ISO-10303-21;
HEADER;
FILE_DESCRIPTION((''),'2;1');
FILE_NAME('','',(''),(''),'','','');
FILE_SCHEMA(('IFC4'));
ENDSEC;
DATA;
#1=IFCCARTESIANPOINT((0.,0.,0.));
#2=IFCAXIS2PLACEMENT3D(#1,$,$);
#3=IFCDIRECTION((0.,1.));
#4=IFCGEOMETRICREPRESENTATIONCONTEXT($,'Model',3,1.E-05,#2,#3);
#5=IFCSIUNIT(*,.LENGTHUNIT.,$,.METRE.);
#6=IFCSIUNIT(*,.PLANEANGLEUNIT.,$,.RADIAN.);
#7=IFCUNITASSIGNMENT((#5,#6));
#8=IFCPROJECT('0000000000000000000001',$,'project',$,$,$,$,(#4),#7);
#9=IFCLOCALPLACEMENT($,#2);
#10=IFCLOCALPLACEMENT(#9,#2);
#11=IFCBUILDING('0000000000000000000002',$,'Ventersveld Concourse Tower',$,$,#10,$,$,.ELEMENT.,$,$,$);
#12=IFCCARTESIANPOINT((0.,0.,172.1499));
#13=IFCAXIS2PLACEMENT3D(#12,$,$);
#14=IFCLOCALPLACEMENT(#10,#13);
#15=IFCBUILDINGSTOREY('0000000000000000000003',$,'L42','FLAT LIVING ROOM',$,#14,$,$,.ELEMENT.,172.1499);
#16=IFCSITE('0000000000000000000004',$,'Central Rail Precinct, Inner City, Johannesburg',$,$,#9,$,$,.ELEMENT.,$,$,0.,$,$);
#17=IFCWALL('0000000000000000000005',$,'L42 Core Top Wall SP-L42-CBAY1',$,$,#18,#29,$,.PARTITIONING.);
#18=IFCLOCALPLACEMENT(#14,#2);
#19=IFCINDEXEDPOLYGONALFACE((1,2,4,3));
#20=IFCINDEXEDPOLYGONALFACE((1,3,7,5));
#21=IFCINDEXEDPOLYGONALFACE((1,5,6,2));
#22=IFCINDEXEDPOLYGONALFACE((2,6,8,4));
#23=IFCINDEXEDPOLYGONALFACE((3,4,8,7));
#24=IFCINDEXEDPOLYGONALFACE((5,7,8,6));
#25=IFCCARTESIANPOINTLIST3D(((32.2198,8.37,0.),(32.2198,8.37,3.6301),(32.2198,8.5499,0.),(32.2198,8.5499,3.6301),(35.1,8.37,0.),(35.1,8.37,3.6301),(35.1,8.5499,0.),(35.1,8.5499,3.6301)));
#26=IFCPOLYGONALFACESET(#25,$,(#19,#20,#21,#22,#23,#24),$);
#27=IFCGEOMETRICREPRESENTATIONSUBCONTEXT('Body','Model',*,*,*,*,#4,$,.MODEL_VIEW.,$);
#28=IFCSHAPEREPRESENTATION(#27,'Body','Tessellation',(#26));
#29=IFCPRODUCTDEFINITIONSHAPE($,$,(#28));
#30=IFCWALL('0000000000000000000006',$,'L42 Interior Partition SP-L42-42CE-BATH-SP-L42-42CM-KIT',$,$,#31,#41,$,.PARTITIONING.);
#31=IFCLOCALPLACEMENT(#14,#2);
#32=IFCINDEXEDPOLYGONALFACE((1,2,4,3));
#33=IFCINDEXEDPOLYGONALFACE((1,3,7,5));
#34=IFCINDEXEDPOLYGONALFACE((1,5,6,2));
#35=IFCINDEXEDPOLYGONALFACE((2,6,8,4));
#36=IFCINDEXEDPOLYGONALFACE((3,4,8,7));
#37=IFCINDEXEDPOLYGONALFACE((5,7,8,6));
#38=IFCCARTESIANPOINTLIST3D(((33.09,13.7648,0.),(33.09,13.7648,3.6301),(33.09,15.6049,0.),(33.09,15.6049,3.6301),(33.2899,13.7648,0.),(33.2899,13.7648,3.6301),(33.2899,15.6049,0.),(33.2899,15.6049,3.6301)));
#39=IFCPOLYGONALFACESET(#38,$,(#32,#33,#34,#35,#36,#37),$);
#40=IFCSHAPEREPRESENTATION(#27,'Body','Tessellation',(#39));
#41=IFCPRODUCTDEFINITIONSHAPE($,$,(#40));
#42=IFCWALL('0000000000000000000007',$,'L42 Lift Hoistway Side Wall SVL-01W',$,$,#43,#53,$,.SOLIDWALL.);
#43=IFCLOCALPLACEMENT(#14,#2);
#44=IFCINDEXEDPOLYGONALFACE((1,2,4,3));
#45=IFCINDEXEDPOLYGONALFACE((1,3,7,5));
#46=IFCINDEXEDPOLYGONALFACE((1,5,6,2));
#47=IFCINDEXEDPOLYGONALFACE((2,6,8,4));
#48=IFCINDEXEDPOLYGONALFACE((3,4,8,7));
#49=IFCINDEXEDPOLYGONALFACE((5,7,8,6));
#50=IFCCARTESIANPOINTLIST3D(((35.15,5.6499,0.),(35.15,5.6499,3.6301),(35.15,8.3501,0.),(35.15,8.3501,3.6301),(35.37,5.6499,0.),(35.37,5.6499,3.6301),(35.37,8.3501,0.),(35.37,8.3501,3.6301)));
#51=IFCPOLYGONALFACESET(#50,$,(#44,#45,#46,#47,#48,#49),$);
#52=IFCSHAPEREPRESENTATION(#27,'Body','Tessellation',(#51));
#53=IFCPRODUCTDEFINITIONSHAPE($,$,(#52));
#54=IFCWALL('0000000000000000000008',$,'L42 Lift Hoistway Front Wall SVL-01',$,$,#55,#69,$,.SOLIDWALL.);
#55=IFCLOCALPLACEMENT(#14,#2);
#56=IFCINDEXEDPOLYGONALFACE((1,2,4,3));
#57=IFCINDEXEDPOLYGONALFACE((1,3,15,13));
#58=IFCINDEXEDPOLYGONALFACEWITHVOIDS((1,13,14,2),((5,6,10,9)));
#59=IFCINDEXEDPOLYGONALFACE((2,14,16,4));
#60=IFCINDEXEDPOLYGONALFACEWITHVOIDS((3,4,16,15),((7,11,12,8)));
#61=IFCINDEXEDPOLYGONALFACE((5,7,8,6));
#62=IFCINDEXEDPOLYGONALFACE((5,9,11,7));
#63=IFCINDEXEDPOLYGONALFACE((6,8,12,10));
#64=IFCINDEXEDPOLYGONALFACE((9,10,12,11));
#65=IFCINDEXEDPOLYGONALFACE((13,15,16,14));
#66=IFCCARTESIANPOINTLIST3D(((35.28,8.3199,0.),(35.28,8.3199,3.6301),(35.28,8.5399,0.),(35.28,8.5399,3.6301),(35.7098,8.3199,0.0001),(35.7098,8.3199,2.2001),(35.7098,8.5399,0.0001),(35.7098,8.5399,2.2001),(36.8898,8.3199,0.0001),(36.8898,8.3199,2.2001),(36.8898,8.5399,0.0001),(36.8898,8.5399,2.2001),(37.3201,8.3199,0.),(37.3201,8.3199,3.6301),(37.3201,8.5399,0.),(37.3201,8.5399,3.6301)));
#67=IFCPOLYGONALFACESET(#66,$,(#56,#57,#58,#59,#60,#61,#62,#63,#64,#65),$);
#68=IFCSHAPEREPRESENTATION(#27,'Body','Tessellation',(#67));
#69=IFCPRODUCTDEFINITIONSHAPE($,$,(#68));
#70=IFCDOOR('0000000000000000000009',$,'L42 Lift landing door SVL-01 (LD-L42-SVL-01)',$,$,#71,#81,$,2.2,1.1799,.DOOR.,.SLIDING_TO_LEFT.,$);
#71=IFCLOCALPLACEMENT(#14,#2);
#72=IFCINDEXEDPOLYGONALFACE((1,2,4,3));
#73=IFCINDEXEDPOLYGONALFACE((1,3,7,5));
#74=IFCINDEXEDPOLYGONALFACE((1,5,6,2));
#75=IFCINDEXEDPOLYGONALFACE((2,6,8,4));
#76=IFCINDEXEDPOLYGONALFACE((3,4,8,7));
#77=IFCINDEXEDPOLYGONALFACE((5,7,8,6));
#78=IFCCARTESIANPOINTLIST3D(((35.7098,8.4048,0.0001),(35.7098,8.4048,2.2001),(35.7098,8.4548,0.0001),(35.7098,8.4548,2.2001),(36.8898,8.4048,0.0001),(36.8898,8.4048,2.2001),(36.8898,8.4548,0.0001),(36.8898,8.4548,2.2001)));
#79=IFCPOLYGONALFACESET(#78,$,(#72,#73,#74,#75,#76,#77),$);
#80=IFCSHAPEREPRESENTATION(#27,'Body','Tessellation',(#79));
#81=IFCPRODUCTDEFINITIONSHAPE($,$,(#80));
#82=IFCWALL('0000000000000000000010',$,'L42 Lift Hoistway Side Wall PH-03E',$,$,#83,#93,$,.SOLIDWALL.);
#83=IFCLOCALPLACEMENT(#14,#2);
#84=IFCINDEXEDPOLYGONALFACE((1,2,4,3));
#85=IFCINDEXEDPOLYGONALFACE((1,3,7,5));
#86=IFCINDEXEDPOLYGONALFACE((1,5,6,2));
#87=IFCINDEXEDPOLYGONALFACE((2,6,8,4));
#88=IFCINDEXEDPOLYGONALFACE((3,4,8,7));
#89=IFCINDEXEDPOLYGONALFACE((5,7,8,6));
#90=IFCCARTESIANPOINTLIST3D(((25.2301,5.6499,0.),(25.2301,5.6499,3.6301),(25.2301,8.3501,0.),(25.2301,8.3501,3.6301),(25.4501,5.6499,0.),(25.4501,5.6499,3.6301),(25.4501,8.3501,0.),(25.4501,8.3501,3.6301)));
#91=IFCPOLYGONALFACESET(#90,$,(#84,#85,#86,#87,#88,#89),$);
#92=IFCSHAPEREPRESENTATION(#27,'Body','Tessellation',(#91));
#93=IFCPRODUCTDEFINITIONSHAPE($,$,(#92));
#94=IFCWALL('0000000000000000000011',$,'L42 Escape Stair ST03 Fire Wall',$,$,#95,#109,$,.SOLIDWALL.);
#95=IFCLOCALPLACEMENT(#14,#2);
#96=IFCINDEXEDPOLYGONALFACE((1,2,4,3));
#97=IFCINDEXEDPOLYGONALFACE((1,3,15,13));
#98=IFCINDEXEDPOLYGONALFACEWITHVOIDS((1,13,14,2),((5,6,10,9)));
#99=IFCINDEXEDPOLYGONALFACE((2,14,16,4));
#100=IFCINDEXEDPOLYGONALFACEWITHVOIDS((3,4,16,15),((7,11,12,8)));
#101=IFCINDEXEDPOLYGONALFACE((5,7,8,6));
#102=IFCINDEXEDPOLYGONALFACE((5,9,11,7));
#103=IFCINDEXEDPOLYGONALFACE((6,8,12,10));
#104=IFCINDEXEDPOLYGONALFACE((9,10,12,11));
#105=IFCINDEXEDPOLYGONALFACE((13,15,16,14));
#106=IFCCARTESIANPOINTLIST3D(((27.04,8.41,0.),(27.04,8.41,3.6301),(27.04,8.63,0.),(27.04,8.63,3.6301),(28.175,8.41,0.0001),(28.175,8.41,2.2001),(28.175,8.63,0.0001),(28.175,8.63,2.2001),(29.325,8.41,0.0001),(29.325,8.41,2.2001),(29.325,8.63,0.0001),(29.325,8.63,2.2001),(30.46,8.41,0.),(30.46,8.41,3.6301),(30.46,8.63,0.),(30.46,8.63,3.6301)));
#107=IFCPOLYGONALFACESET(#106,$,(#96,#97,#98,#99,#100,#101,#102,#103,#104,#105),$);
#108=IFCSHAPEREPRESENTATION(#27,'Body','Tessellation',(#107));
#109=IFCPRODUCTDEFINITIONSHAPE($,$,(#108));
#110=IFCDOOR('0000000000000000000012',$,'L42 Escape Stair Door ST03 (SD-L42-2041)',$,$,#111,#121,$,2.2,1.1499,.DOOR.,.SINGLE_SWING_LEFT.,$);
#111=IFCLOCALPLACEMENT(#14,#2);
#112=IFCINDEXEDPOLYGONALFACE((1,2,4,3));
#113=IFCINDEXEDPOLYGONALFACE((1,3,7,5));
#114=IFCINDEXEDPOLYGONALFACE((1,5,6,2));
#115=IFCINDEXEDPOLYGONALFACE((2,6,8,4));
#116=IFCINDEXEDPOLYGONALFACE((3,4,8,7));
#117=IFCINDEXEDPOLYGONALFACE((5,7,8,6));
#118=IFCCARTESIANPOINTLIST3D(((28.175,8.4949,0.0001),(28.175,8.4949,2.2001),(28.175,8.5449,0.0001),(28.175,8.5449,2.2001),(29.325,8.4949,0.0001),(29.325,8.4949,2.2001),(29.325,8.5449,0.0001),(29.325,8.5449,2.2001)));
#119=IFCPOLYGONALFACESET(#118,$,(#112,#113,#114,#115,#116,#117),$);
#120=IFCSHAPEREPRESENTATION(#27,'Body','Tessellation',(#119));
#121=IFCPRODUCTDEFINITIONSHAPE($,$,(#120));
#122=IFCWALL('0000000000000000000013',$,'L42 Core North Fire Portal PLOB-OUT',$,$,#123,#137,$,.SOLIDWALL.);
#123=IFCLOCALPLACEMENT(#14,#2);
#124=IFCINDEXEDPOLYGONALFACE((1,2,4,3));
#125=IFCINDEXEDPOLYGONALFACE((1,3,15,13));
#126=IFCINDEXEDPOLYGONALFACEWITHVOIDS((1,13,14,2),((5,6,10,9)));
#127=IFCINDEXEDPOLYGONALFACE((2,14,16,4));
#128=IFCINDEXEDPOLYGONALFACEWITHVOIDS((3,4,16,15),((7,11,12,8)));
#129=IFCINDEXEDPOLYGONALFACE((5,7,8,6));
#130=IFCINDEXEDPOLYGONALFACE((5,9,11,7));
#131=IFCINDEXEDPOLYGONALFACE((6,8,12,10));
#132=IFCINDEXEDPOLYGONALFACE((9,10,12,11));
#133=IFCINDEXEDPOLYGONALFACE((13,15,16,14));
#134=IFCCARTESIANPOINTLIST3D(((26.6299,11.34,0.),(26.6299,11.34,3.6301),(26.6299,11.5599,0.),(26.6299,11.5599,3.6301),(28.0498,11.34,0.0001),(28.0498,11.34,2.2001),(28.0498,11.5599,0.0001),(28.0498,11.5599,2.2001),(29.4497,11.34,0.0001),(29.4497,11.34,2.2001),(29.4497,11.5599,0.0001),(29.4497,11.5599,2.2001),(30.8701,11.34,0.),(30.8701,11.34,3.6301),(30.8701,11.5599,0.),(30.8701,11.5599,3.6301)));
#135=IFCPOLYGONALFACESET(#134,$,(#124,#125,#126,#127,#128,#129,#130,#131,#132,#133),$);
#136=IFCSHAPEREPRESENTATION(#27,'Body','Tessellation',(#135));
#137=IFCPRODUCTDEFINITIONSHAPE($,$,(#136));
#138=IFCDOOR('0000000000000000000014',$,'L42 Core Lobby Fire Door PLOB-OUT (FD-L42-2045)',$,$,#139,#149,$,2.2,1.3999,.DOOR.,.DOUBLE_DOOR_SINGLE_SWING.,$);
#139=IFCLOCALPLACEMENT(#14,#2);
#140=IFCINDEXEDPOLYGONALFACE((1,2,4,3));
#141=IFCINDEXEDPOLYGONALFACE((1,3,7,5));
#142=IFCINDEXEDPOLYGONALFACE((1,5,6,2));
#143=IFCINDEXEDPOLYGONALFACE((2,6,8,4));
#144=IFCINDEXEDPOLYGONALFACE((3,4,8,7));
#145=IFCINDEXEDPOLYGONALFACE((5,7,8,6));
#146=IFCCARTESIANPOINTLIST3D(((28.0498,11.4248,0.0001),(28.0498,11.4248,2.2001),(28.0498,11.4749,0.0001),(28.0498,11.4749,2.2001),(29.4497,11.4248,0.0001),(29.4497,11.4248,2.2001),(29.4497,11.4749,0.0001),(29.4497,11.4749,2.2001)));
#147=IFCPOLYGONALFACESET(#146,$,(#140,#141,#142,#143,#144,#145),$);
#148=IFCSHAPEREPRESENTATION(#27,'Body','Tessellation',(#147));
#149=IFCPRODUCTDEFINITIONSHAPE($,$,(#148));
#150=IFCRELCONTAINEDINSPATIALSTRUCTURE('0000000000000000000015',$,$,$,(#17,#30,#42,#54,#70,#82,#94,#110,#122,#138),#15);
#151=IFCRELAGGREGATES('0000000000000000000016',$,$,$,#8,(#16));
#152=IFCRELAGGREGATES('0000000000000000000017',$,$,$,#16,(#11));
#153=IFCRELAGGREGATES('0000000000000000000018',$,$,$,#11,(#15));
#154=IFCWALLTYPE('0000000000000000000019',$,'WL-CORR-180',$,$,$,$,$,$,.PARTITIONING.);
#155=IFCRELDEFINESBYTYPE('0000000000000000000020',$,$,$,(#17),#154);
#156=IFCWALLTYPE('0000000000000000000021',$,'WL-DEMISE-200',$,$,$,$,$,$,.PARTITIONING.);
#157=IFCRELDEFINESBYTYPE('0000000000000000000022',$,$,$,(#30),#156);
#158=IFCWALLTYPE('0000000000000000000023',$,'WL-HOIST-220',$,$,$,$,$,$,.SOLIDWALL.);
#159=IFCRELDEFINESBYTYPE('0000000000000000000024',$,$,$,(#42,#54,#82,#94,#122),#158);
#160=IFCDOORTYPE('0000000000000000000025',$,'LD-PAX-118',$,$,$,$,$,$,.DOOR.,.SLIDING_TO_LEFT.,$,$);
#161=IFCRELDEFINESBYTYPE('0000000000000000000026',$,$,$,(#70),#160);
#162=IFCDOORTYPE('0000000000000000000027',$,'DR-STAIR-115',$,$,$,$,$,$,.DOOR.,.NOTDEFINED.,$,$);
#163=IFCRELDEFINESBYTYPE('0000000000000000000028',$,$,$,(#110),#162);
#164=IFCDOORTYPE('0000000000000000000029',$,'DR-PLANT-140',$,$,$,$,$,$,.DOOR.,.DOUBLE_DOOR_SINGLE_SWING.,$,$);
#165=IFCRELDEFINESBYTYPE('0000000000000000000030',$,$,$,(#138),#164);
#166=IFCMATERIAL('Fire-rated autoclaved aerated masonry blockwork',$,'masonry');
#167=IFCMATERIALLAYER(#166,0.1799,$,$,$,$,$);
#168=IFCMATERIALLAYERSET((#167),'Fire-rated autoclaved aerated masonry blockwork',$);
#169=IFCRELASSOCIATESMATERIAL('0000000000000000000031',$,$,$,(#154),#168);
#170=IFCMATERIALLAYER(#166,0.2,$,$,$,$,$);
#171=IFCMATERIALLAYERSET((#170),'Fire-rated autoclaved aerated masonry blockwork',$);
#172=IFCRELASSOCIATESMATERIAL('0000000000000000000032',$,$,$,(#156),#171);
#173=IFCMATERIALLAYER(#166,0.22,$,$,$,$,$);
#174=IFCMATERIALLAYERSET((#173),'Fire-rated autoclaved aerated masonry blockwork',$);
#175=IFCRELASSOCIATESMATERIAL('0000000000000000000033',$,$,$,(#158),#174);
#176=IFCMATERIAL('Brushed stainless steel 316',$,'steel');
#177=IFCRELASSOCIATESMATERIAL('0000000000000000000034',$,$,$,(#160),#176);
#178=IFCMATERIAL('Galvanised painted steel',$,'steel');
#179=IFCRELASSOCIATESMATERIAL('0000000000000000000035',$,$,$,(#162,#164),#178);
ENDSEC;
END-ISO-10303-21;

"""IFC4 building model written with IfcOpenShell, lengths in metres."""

from ifc_helpers import new_model, si_unit, direction, frame, frame_2d, origin, place, context, subcontext, project, spatial, rectangle, extrude, material, layer, layer_set, type_object, element, fill, save


model = new_model("IFC4")

# Units and contexts
model_context = context("Model", 3, precision=1e-05, world=origin(), true_north=direction((0.0, 1.0)))
body_context = subcontext(model_context, "Body", "Model", "MODEL_VIEW")
ifc_project = project(units=[si_unit("LENGTHUNIT", "METRE"), si_unit("PLANEANGLEUNIT", "RADIAN")], contexts=[model_context])

# Site, building, storey
site_placement = place(None, origin())
site = spatial("IfcSite", under=ifc_project, at=site_placement, Name="Central Rail Precinct, Inner City, Johannesburg", CompositionType="ELEMENT", RefElevation=0.0)
building_placement = place(site_placement, origin())
building = spatial("IfcBuilding", under=site, at=building_placement, Name="Ventersveld Concourse Tower", CompositionType="ELEMENT")
storey_placement = place(building_placement, frame((0.0, 0.0, 172.1499)))
storey = spatial("IfcBuildingStorey", under=building, at=storey_placement, Name="L42", Description="FLAT LIVING ROOM", CompositionType="ELEMENT", Elevation=172.1499)

# Shared definitions
ifc_material_1 = material(Name="Fire-rated autoclaved aerated masonry blockwork", Category="masonry")
ifc_layer_1 = layer(ifc_material_1, 0.1799)
ifc_layer_set_1 = layer_set([ifc_layer_1], Name="Fire-rated autoclaved aerated masonry blockwork")
wall_type_1 = type_object("IfcWallType", Name="WL-CORR-180", PredefinedType="PARTITIONING", material=ifc_layer_set_1)
ifc_material_2 = material(Name="Galvanised painted steel", Category="steel")

# Walls
wall_1_placement = place(storey_placement, frame((32.22, 8.46, 0.0), z_axis=(0.0, 0.0, 1.0), x_axis=(1.0, 0.0, 0.0)))
element("IfcWall", 1, at=wall_1_placement, inside=storey, type_object=wall_type_1, Name="L42 Core Top Wall SP-L42-CBAY1", PredefinedType="PARTITIONING", context=body_context, shape_type="SweptSolid", body=[
    extrude(rectangle(XDim=2.8801, YDim=0.1799, at=frame_2d((1.4399, 0.0))), origin(), (0.0, 0.0, 1.0), 3.6301),
])
ifc_layer_2 = layer(ifc_material_1, 0.2)
ifc_layer_set_2 = layer_set([ifc_layer_2], Name="Fire-rated autoclaved aerated masonry blockwork")
wall_type_2 = type_object("IfcWallType", Name="WL-DEMISE-200", PredefinedType="PARTITIONING", material=ifc_layer_set_2)
wall_2_placement = place(storey_placement, frame((33.1899, 13.7649, 0.0), z_axis=(0.0, 0.0, 1.0), x_axis=(0.0, 1.0, 0.0)))
element("IfcWall", 2, at=wall_2_placement, inside=storey, type_object=wall_type_2, Name="L42 Interior Partition SP-L42-42CE-BATH-SP-L42-42CM-KIT", PredefinedType="PARTITIONING", context=body_context, shape_type="SweptSolid", body=[
    extrude(rectangle(XDim=1.8401, YDim=0.2, at=frame_2d((0.9199, 0.0))), origin(), (0.0, 0.0, 1.0), 3.6301),
])
ifc_layer_3 = layer(ifc_material_1, 0.22)
ifc_layer_set_3 = layer_set([ifc_layer_3], Name="Fire-rated autoclaved aerated masonry blockwork")
wall_type_3 = type_object("IfcWallType", Name="WL-HOIST-220", PredefinedType="SOLIDWALL", material=ifc_layer_set_3)
wall_3_placement = place(storey_placement, frame((35.26, 5.6499, 0.0), z_axis=(0.0, 0.0, 1.0), x_axis=(0.0, 1.0, 0.0)))
element("IfcWall", 3, at=wall_3_placement, inside=storey, type_object=wall_type_3, Name="L42 Lift Hoistway Side Wall SVL-01W", PredefinedType="SOLIDWALL", context=body_context, shape_type="SweptSolid", body=[
    extrude(rectangle(XDim=2.7002, YDim=0.22, at=frame_2d((1.3501, 0.0))), origin(), (0.0, 0.0, 1.0), 3.6301),
])

# Wall, opening, door
wall_4_placement = place(storey_placement, frame((35.28, 8.4299, 0.0), z_axis=(0.0, 0.0, 1.0), x_axis=(1.0, 0.0, 0.0)))
wall_4 = element("IfcWall", 4, at=wall_4_placement, inside=storey, type_object=wall_type_3, Name="L42 Lift Hoistway Front Wall SVL-01", PredefinedType="SOLIDWALL", context=body_context, shape_type="SweptSolid", body=[
    extrude(rectangle(XDim=2.04, YDim=0.22, at=frame_2d((1.02, 0.0))), origin(), (0.0, 0.0, 1.0), 3.6301),
])
opening_1_placement = place(wall_4_placement, frame((0.4299, 0.0, 0.0)))
opening_1 = element("IfcOpeningElement", 5, at=opening_1_placement, cuts=wall_4, PredefinedType="OPENING", context=body_context, shape_type="SweptSolid", body=[
    extrude(rectangle(XDim=1.1799, YDim=2.2, at=frame_2d((0.5898, 1.1001))), frame((0.0, 0.1201, 0.0), z_axis=(0.0, -1.0, 0.0), x_axis=(1.0, 0.0, 0.0)), (0.0, 0.0, 1.0), 0.24),
])
ifc_material_3 = material(Name="Brushed stainless steel 316", Category="steel")
door_type_1 = type_object("IfcDoorType", Name="LD-PAX-118", OperationType="SLIDING_TO_LEFT", PredefinedType="DOOR", material=ifc_material_3)
door_1_placement = place(opening_1_placement, origin())
door_1 = element("IfcDoor", 6, at=door_1_placement, inside=storey, type_object=door_type_1, Name="L42 Lift landing door SVL-01 (LD-L42-SVL-01)", OperationType="SLIDING_TO_LEFT", OverallHeight=2.2, OverallWidth=1.1799, PredefinedType="DOOR", context=body_context, shape_type="SweptSolid", body=[
    extrude(rectangle(XDim=1.1799, YDim=2.2, at=frame_2d((0.5898, 1.1001))), frame((0.0, 0.0249, 0.0), z_axis=(0.0, -1.0, 0.0), x_axis=(1.0, 0.0, 0.0)), (0.0, 0.0, 1.0), 0.05),
])
fill(opening_1, door_1)

# Wall
wall_5_placement = place(storey_placement, frame((25.3401, 5.6499, 0.0), z_axis=(0.0, 0.0, 1.0), x_axis=(0.0, 1.0, 0.0)))
element("IfcWall", 7, at=wall_5_placement, inside=storey, type_object=wall_type_3, Name="L42 Lift Hoistway Side Wall PH-03E", PredefinedType="SOLIDWALL", context=body_context, shape_type="SweptSolid", body=[
    extrude(rectangle(XDim=2.7002, YDim=0.22, at=frame_2d((1.3501, 0.0))), origin(), (0.0, 0.0, 1.0), 3.6301),
])

# Walls, openings, doors
wall_6_placement = place(storey_placement, frame((27.04, 8.52, 0.0), z_axis=(0.0, 0.0, 1.0), x_axis=(1.0, 0.0, 0.0)))
wall_6 = element("IfcWall", 8, at=wall_6_placement, inside=storey, type_object=wall_type_3, Name="L42 Escape Stair ST03 Fire Wall", PredefinedType="SOLIDWALL", context=body_context, shape_type="SweptSolid", body=[
    extrude(rectangle(XDim=3.4199, YDim=0.22, at=frame_2d((1.71, 0.0))), origin(), (0.0, 0.0, 1.0), 3.6301),
])
opening_2_placement = place(wall_6_placement, frame((1.135, 0.0, 0.0)))
opening_2 = element("IfcOpeningElement", 9, at=opening_2_placement, cuts=wall_6, PredefinedType="OPENING", context=body_context, shape_type="SweptSolid", body=[
    extrude(rectangle(XDim=1.1499, YDim=2.2, at=frame_2d((0.575, 1.1001))), frame((0.0, 0.1201, 0.0), z_axis=(0.0, -1.0, 0.0), x_axis=(1.0, 0.0, 0.0)), (0.0, 0.0, 1.0), 0.24),
])
door_type_2 = type_object("IfcDoorType", Name="DR-STAIR-115", OperationType="NOTDEFINED", PredefinedType="DOOR", material=ifc_material_2)
door_2_placement = place(opening_2_placement, origin())
door_2 = element("IfcDoor", 10, at=door_2_placement, inside=storey, type_object=door_type_2, Name="L42 Escape Stair Door ST03 (SD-L42-2041)", OperationType="SINGLE_SWING_LEFT", OverallHeight=2.2, OverallWidth=1.1499, PredefinedType="DOOR", context=body_context, shape_type="SweptSolid", body=[
    extrude(rectangle(XDim=1.1499, YDim=2.2, at=frame_2d((0.575, 1.1001))), frame((0.0, 0.0249, 0.0), z_axis=(0.0, -1.0, 0.0), x_axis=(1.0, 0.0, 0.0)), (0.0, 0.0, 1.0), 0.05),
])
fill(opening_2, door_2)
wall_7_placement = place(storey_placement, frame((26.6299, 11.45, 0.0), z_axis=(0.0, 0.0, 1.0), x_axis=(1.0, 0.0, 0.0)))
wall_7 = element("IfcWall", 11, at=wall_7_placement, inside=storey, type_object=wall_type_3, Name="L42 Core North Fire Portal PLOB-OUT", PredefinedType="SOLIDWALL", context=body_context, shape_type="SweptSolid", body=[
    extrude(rectangle(XDim=4.2402, YDim=0.22, at=frame_2d((2.1201, 0.0))), origin(), (0.0, 0.0, 1.0), 3.6301),
])
opening_3_placement = place(wall_7_placement, frame((1.4199, 0.0, 0.0)))
opening_3 = element("IfcOpeningElement", 12, at=opening_3_placement, cuts=wall_7, PredefinedType="OPENING", context=body_context, shape_type="SweptSolid", body=[
    extrude(rectangle(XDim=1.3999, YDim=2.2, at=frame_2d((0.7, 1.1001))), frame((0.0, 0.1201, 0.0), z_axis=(0.0, -1.0, 0.0), x_axis=(1.0, 0.0, 0.0)), (0.0, 0.0, 1.0), 0.24),
])
door_type_3 = type_object("IfcDoorType", Name="DR-PLANT-140", OperationType="DOUBLE_DOOR_SINGLE_SWING", PredefinedType="DOOR", material=ifc_material_2)
door_3_placement = place(opening_3_placement, origin())
door_3 = element("IfcDoor", 13, at=door_3_placement, inside=storey, type_object=door_type_3, Name="L42 Core Lobby Fire Door PLOB-OUT (FD-L42-2045)", OperationType="DOUBLE_DOOR_SINGLE_SWING", OverallHeight=2.2, OverallWidth=1.3999, PredefinedType="DOOR", context=body_context, shape_type="SweptSolid", body=[
    extrude(rectangle(XDim=1.3999, YDim=2.2, at=frame_2d((0.7, 1.1001))), frame((0.0, 0.0249, 0.0), z_axis=(0.0, -1.0, 0.0), x_axis=(1.0, 0.0, 0.0)), (0.0, 0.0, 1.0), 0.05),
])
fill(opening_3, door_3)

save(model, "model.ifc")
